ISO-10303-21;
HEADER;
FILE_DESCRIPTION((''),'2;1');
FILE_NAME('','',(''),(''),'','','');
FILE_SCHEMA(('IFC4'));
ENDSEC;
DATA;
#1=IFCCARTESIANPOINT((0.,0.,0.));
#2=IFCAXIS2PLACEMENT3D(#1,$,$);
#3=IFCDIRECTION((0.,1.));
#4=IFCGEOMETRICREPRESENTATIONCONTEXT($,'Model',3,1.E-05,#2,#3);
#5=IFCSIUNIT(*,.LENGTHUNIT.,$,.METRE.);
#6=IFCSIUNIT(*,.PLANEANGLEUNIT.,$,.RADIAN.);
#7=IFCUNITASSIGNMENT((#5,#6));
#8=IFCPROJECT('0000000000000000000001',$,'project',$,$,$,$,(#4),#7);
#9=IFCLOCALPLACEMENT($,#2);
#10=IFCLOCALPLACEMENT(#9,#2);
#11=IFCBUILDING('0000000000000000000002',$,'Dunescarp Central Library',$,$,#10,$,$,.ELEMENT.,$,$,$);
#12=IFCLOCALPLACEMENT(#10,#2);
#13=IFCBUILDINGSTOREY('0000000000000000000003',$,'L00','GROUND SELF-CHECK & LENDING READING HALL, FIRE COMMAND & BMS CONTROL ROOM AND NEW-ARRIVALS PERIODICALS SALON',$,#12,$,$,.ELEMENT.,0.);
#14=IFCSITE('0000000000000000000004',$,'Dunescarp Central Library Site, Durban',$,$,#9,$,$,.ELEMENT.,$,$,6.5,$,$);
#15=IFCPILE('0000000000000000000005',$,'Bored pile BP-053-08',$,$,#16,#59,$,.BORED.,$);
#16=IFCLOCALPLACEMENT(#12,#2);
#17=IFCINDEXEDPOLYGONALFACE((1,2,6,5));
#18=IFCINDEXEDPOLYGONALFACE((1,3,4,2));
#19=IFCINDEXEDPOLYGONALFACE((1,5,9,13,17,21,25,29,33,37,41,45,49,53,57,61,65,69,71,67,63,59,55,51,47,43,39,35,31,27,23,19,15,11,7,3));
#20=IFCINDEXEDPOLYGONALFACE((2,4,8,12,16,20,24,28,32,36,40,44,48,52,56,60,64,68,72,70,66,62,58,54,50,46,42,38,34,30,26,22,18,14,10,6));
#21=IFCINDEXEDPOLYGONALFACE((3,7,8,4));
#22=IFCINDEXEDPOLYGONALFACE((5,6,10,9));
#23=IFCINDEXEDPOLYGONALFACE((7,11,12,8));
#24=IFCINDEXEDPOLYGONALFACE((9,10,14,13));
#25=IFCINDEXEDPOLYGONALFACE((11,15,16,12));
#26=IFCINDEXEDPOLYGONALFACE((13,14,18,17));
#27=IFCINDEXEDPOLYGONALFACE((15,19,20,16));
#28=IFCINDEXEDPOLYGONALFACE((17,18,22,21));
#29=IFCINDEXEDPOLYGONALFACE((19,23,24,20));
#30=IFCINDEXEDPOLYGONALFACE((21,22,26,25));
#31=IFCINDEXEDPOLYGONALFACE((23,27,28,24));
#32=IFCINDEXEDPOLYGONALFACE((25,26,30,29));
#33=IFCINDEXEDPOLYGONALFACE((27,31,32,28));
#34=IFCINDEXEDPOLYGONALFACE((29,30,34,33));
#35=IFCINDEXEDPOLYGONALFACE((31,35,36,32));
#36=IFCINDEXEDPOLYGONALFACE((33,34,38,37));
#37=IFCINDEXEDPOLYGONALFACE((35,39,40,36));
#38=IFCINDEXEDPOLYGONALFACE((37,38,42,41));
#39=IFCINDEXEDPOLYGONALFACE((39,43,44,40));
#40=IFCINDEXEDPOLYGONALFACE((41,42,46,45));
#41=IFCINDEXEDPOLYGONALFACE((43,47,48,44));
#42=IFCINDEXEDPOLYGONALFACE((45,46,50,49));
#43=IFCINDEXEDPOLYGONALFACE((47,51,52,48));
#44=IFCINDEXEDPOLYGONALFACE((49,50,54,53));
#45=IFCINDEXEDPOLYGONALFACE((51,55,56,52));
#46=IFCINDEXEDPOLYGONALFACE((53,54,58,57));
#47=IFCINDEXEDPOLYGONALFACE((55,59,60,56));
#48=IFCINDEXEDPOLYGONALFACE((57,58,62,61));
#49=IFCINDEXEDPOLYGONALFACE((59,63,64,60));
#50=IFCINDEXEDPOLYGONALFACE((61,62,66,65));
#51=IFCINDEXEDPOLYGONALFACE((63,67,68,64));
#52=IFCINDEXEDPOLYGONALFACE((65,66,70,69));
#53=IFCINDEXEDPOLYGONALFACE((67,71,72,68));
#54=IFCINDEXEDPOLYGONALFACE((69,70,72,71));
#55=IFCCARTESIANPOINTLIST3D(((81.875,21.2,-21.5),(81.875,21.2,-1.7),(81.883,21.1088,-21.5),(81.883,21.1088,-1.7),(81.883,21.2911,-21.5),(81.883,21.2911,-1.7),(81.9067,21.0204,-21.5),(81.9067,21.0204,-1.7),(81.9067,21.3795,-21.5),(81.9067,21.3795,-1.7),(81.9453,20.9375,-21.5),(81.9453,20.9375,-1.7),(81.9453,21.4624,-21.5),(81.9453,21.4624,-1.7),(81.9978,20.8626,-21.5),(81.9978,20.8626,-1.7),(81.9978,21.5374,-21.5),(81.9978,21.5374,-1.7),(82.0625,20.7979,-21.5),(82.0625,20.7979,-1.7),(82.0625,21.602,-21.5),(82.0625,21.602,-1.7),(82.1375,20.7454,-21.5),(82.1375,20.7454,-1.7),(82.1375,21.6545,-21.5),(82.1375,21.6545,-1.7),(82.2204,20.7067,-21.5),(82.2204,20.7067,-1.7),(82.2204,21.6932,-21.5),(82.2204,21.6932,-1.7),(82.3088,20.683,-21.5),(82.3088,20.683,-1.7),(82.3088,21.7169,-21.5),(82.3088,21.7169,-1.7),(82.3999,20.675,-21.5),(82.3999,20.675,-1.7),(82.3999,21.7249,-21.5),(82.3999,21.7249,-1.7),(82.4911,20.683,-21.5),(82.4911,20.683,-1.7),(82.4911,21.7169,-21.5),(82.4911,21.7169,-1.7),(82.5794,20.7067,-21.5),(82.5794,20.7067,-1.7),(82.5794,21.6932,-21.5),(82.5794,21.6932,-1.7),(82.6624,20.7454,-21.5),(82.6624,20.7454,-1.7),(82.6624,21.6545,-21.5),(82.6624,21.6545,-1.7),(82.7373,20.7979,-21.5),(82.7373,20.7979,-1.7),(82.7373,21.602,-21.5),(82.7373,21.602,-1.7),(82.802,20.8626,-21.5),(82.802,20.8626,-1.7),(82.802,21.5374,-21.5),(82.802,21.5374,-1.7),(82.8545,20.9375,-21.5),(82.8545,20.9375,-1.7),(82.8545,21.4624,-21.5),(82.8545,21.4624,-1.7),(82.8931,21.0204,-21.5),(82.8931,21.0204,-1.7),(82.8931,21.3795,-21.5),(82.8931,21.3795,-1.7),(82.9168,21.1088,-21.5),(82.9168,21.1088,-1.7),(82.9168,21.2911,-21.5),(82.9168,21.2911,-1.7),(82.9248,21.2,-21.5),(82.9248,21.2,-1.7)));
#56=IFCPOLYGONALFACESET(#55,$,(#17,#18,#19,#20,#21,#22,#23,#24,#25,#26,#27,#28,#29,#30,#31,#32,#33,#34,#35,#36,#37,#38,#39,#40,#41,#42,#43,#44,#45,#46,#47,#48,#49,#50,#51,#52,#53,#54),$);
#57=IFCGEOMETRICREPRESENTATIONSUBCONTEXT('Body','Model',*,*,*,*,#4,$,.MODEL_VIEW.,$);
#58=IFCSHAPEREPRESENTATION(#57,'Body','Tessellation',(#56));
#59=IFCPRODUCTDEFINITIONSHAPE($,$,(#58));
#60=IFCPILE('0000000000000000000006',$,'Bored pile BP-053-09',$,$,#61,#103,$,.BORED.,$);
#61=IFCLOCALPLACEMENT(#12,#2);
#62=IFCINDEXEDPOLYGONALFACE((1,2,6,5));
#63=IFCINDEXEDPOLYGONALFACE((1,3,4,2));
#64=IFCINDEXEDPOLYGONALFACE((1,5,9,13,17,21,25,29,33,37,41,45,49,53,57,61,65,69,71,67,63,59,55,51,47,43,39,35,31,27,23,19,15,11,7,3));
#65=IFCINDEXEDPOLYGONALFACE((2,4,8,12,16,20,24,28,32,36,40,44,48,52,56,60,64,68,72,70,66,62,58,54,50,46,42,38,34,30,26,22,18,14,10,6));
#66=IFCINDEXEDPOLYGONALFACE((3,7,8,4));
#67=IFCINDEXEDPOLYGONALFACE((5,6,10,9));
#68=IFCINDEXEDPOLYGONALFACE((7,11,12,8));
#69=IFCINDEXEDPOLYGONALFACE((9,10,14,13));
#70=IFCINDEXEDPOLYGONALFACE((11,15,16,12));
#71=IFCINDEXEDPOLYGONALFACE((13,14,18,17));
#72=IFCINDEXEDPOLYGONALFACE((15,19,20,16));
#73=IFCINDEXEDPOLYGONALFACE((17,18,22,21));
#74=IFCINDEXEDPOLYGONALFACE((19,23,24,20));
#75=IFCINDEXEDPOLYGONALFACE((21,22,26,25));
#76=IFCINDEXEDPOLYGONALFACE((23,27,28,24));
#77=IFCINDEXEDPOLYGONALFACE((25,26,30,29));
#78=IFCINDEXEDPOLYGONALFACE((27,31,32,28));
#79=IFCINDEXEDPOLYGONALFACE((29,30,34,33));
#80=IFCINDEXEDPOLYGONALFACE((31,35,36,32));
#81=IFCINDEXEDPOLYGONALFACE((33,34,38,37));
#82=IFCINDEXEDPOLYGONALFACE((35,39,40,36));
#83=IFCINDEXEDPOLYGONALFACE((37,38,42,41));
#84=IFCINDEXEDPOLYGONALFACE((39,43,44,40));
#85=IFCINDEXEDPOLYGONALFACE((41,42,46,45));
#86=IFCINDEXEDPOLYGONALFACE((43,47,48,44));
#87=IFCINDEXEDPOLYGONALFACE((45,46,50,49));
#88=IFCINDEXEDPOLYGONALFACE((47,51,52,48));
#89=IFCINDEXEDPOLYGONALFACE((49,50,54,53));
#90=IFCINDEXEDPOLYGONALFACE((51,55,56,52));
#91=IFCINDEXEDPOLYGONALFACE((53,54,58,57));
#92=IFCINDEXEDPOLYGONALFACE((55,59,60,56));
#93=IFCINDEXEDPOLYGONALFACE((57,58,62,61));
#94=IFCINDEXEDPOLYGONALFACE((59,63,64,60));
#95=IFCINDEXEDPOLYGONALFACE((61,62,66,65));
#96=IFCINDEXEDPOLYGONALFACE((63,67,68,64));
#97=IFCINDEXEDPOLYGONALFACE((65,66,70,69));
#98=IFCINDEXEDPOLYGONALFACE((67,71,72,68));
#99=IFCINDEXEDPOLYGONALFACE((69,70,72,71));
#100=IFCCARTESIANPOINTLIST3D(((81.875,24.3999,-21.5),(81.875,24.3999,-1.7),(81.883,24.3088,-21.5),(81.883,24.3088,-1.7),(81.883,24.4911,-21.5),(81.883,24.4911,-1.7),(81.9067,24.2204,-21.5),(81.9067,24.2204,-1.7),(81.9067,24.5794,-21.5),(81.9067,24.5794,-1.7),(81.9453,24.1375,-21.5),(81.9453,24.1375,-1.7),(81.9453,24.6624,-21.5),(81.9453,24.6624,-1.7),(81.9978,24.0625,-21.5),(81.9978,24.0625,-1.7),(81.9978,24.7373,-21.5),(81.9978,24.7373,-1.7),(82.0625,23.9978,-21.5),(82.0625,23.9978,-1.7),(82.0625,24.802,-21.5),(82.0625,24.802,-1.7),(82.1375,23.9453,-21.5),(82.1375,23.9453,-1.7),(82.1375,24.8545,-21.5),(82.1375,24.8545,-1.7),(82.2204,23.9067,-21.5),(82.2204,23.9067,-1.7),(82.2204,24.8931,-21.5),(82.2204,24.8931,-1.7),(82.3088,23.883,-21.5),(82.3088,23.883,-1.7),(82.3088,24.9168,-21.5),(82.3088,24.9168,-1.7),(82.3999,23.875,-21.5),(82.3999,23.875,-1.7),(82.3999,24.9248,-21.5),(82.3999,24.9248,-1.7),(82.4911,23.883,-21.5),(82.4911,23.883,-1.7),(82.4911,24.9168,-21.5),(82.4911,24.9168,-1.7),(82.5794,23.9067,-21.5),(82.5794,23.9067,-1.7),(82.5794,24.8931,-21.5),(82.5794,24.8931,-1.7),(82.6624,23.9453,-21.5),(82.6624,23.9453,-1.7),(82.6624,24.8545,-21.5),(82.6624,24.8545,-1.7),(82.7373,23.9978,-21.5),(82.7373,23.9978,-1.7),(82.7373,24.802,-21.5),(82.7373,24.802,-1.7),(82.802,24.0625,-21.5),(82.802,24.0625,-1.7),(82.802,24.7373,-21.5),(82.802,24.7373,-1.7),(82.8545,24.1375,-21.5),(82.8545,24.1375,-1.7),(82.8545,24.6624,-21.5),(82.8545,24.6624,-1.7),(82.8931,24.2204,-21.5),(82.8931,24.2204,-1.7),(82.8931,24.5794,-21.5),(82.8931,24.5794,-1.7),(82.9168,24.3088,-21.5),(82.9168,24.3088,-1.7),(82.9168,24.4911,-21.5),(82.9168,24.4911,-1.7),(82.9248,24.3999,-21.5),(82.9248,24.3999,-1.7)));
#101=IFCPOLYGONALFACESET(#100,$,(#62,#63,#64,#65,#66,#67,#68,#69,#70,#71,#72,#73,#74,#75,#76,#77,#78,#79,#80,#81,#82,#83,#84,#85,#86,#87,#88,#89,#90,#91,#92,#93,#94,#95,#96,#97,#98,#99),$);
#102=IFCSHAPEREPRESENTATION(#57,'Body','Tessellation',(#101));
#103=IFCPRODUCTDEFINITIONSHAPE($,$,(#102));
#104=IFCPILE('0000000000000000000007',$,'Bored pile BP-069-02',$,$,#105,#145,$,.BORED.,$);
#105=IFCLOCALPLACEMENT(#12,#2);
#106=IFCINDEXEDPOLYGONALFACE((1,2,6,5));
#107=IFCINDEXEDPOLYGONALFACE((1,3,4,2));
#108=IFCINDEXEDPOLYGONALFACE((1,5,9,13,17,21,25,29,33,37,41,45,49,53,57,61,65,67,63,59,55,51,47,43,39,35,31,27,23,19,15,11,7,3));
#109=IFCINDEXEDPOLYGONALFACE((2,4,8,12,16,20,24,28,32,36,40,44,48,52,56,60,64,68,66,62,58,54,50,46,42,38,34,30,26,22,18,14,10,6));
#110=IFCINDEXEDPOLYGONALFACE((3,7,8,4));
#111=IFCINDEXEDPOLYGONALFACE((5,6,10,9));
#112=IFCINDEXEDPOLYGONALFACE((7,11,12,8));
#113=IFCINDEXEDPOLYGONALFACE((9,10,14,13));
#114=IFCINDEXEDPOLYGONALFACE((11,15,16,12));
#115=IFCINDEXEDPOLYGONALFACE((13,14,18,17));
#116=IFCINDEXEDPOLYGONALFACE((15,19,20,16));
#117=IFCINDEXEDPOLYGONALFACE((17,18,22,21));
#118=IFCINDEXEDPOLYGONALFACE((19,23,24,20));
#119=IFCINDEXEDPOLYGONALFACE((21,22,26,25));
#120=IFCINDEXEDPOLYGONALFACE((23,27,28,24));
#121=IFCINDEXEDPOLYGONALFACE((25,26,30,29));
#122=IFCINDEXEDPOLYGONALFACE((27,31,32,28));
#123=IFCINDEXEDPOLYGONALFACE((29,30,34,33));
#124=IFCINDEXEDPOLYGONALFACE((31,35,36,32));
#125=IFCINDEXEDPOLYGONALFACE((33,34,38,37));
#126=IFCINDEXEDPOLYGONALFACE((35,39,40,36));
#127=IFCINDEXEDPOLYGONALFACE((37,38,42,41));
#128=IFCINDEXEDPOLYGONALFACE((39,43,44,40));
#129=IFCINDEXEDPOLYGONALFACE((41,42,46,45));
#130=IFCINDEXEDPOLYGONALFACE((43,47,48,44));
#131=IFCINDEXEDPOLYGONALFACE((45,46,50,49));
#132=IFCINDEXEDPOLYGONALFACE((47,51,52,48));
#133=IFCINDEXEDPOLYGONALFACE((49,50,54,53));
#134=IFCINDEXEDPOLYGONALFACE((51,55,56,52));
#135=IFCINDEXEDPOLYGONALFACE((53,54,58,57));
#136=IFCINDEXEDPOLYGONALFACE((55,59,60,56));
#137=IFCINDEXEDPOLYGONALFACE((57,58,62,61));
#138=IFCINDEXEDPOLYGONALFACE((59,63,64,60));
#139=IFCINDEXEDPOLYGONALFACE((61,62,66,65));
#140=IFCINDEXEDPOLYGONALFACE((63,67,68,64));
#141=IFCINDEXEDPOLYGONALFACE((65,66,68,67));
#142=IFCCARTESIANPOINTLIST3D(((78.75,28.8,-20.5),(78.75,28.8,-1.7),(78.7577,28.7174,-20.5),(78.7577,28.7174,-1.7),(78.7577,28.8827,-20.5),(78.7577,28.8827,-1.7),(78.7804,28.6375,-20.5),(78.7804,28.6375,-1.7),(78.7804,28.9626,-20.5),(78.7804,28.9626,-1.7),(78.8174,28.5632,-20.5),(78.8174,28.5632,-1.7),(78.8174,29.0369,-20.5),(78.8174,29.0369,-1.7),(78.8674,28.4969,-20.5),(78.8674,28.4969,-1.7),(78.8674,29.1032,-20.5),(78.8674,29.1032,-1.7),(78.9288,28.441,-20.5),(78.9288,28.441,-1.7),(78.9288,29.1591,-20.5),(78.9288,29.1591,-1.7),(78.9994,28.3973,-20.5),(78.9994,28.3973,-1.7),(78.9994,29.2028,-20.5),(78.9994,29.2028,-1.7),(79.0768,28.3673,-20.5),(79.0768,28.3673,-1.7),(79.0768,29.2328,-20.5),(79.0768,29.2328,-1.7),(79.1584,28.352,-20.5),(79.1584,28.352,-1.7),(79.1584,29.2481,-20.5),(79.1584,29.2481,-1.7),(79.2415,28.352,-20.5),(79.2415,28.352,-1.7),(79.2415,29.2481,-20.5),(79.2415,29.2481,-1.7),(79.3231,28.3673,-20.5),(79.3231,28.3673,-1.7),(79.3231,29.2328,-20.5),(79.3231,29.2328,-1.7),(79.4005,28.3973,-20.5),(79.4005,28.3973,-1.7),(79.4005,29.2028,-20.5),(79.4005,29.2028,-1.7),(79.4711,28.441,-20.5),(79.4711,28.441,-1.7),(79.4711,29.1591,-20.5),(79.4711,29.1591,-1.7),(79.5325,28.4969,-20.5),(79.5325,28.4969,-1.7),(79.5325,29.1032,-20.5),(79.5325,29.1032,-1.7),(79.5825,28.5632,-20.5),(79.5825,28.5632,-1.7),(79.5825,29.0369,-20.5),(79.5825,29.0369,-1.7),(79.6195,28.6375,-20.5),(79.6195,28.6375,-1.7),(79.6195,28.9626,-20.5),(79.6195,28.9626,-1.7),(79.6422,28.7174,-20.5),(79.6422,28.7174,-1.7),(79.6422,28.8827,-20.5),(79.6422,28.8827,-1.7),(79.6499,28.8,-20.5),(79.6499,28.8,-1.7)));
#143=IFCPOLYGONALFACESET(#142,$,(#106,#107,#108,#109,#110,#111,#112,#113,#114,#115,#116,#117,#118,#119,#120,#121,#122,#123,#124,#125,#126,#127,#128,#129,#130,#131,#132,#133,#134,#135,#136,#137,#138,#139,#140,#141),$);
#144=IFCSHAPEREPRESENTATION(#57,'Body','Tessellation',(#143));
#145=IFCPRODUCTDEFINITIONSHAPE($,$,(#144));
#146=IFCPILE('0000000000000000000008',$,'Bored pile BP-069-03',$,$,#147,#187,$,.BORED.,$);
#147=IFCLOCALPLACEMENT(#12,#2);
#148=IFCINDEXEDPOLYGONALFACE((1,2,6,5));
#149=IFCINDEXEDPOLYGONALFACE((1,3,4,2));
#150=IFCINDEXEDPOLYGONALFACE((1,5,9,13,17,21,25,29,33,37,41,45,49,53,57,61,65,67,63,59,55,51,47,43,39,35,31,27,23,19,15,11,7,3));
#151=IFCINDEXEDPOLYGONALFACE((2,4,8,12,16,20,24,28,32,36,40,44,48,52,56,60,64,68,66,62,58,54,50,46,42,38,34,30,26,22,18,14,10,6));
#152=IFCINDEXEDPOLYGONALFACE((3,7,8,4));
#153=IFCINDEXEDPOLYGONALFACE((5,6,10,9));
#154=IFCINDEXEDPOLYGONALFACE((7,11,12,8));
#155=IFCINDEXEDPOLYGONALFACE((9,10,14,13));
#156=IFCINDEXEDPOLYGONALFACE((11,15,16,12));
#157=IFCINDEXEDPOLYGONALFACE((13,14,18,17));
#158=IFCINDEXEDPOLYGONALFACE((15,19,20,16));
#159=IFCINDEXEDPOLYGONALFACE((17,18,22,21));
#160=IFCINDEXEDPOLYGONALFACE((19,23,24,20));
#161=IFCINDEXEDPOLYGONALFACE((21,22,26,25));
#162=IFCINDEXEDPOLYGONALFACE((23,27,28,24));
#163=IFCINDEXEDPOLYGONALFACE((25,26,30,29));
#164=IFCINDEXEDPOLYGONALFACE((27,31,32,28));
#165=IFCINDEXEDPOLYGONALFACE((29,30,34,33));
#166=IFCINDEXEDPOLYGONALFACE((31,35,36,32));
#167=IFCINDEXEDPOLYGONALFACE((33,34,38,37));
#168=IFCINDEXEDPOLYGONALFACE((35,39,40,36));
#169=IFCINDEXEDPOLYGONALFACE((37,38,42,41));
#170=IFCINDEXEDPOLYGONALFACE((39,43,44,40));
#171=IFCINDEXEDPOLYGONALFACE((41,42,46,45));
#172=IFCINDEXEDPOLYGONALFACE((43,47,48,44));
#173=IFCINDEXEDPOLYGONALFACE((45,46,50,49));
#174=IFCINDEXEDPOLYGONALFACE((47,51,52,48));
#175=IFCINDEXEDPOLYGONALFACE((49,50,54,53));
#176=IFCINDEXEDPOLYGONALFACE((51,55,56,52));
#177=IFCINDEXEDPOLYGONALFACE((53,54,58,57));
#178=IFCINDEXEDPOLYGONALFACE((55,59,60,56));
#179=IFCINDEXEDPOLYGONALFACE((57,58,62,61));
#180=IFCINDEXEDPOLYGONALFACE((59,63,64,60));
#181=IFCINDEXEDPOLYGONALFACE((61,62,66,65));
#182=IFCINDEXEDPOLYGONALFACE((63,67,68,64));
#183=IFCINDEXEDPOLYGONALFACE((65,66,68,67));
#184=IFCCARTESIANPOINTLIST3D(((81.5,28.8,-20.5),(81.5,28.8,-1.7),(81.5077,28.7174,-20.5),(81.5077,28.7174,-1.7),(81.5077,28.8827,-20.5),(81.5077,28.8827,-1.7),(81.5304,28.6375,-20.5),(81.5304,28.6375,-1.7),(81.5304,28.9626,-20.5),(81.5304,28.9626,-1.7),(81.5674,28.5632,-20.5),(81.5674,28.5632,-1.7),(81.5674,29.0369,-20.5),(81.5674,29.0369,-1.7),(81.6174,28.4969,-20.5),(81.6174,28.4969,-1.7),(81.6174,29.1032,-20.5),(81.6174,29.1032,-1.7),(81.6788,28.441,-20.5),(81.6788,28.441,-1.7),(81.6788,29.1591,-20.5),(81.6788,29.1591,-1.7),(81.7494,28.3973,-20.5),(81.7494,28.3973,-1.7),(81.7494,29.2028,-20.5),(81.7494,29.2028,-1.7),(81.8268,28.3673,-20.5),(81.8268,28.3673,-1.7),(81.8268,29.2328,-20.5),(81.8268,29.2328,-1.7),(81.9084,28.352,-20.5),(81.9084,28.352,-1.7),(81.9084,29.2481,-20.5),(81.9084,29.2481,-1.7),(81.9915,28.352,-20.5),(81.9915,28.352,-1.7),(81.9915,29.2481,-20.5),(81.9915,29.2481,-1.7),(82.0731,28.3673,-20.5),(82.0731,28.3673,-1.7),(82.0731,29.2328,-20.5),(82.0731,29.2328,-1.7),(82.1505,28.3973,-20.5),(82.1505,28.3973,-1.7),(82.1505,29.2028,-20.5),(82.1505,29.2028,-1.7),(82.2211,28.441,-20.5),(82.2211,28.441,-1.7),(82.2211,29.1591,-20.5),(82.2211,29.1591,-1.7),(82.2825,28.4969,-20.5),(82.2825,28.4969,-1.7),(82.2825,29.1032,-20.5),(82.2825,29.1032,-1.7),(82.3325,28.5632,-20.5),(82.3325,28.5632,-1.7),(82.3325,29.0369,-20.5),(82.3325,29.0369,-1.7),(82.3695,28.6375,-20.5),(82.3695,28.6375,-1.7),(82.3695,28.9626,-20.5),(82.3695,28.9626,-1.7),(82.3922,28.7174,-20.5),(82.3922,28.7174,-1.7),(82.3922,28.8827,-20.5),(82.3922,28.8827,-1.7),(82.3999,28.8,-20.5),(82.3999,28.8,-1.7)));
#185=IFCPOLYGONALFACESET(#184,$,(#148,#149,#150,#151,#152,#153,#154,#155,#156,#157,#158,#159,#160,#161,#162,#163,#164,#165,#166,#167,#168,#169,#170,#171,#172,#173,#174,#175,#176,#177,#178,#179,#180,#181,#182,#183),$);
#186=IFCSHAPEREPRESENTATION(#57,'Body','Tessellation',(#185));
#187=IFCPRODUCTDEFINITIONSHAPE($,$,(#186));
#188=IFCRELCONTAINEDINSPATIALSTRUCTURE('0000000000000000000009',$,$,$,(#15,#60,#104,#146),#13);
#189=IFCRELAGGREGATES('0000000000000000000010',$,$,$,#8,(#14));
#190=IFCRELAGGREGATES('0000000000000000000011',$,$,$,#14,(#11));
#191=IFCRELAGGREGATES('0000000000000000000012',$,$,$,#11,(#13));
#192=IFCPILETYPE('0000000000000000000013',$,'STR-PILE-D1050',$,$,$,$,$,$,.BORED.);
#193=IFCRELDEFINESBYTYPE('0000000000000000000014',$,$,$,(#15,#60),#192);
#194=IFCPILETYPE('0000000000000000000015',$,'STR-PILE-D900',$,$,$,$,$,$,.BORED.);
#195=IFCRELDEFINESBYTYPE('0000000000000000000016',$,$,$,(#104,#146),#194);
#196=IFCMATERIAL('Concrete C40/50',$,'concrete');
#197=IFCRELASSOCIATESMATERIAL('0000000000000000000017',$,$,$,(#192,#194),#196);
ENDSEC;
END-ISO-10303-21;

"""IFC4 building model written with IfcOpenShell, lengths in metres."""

from ifc_helpers import new_model, si_unit, direction, frame, origin, origin_2d, place, context, subcontext, project, spatial, circle, extrude, material, material_profile, profile_set, type_object, element, save


model = new_model("IFC4")

# Units and contexts
model_context = context("Model", 3, precision=1e-05, world=origin(), true_north=direction((0.0, 1.0)))
body_context = subcontext(model_context, "Body", "Model", "MODEL_VIEW")
ifc_project = project(units=[si_unit("LENGTHUNIT", "METRE"), si_unit("PLANEANGLEUNIT", "RADIAN")], contexts=[model_context])

# Site, building, storey
site_placement = place(None, origin())
site = spatial("IfcSite", under=ifc_project, at=site_placement, Name="Dunescarp Central Library Site, Durban", CompositionType="ELEMENT", RefElevation=6.5)
building_placement = place(site_placement, origin())
building = spatial("IfcBuilding", under=site, at=building_placement, Name="Dunescarp Central Library", CompositionType="ELEMENT")
storey_placement = place(building_placement, origin())
storey = spatial("IfcBuildingStorey", under=building, at=storey_placement, Name="L00", Description="GROUND SELF-CHECK & LENDING READING HALL, FIRE COMMAND & BMS CONTROL ROOM AND NEW-ARRIVALS PERIODICALS SALON", CompositionType="ELEMENT", Elevation=0.0)

# Shared definitions
ifc_material_1 = material(Name="Concrete C40/50", Category="concrete")

# Piles
ifc_material_profile_1 = material_profile(ifc_material_1, circle(Radius=0.5249, at=origin_2d()), Name="PILE D1050")
ifc_profile_set_1 = profile_set([ifc_material_profile_1], Name="Concrete C40/50")
pile_type_1 = type_object("IfcPileType", Name="STR-PILE-D1050", PredefinedType="BORED", material=ifc_profile_set_1)
for number, where, z_axis, x_axis, name in (
    (1, (82.3999, 21.2, -1.7), (0.0, 0.0, -1.0), (1.0, 0.0, 0.0), "Bored pile BP-053-08"),
    (2, (82.3999, 24.3999, -1.7), (0.0, 0.0, -1.0), (1.0, 0.0, 0.0), "Bored pile BP-053-09"),
):
    element("IfcPile", number, at=place(storey_placement, frame(where, z_axis=z_axis, x_axis=x_axis)), inside=storey, type_object=pile_type_1, Name=name, PredefinedType="BORED", context=body_context, shape_type="SweptSolid", body=[
        extrude(circle(Radius=0.5249, at=origin_2d()), origin(), (0.0, 0.0, 1.0), 19.8),
    ])
ifc_material_profile_2 = material_profile(ifc_material_1, circle(Radius=0.45, at=origin_2d()), Name="PILE D900")
ifc_profile_set_2 = profile_set([ifc_material_profile_2], Name="Concrete C40/50")
pile_type_2 = type_object("IfcPileType", Name="STR-PILE-D900", PredefinedType="BORED", material=ifc_profile_set_2)
for number, where, z_axis, x_axis, name in (
    (3, (79.2, 28.8, -1.7), (0.0, 0.0, -1.0), (1.0, 0.0, 0.0), "Bored pile BP-069-02"),
    (4, (81.95, 28.8, -1.7), (0.0, 0.0, -1.0), (1.0, 0.0, 0.0), "Bored pile BP-069-03"),
):
    element("IfcPile", number, at=place(storey_placement, frame(where, z_axis=z_axis, x_axis=x_axis)), inside=storey, type_object=pile_type_2, Name=name, PredefinedType="BORED", context=body_context, shape_type="SweptSolid", body=[
        extrude(circle(Radius=0.45, at=origin_2d()), origin(), (0.0, 0.0, 1.0), 18.8),
    ])

save(model, "model.ifc")
